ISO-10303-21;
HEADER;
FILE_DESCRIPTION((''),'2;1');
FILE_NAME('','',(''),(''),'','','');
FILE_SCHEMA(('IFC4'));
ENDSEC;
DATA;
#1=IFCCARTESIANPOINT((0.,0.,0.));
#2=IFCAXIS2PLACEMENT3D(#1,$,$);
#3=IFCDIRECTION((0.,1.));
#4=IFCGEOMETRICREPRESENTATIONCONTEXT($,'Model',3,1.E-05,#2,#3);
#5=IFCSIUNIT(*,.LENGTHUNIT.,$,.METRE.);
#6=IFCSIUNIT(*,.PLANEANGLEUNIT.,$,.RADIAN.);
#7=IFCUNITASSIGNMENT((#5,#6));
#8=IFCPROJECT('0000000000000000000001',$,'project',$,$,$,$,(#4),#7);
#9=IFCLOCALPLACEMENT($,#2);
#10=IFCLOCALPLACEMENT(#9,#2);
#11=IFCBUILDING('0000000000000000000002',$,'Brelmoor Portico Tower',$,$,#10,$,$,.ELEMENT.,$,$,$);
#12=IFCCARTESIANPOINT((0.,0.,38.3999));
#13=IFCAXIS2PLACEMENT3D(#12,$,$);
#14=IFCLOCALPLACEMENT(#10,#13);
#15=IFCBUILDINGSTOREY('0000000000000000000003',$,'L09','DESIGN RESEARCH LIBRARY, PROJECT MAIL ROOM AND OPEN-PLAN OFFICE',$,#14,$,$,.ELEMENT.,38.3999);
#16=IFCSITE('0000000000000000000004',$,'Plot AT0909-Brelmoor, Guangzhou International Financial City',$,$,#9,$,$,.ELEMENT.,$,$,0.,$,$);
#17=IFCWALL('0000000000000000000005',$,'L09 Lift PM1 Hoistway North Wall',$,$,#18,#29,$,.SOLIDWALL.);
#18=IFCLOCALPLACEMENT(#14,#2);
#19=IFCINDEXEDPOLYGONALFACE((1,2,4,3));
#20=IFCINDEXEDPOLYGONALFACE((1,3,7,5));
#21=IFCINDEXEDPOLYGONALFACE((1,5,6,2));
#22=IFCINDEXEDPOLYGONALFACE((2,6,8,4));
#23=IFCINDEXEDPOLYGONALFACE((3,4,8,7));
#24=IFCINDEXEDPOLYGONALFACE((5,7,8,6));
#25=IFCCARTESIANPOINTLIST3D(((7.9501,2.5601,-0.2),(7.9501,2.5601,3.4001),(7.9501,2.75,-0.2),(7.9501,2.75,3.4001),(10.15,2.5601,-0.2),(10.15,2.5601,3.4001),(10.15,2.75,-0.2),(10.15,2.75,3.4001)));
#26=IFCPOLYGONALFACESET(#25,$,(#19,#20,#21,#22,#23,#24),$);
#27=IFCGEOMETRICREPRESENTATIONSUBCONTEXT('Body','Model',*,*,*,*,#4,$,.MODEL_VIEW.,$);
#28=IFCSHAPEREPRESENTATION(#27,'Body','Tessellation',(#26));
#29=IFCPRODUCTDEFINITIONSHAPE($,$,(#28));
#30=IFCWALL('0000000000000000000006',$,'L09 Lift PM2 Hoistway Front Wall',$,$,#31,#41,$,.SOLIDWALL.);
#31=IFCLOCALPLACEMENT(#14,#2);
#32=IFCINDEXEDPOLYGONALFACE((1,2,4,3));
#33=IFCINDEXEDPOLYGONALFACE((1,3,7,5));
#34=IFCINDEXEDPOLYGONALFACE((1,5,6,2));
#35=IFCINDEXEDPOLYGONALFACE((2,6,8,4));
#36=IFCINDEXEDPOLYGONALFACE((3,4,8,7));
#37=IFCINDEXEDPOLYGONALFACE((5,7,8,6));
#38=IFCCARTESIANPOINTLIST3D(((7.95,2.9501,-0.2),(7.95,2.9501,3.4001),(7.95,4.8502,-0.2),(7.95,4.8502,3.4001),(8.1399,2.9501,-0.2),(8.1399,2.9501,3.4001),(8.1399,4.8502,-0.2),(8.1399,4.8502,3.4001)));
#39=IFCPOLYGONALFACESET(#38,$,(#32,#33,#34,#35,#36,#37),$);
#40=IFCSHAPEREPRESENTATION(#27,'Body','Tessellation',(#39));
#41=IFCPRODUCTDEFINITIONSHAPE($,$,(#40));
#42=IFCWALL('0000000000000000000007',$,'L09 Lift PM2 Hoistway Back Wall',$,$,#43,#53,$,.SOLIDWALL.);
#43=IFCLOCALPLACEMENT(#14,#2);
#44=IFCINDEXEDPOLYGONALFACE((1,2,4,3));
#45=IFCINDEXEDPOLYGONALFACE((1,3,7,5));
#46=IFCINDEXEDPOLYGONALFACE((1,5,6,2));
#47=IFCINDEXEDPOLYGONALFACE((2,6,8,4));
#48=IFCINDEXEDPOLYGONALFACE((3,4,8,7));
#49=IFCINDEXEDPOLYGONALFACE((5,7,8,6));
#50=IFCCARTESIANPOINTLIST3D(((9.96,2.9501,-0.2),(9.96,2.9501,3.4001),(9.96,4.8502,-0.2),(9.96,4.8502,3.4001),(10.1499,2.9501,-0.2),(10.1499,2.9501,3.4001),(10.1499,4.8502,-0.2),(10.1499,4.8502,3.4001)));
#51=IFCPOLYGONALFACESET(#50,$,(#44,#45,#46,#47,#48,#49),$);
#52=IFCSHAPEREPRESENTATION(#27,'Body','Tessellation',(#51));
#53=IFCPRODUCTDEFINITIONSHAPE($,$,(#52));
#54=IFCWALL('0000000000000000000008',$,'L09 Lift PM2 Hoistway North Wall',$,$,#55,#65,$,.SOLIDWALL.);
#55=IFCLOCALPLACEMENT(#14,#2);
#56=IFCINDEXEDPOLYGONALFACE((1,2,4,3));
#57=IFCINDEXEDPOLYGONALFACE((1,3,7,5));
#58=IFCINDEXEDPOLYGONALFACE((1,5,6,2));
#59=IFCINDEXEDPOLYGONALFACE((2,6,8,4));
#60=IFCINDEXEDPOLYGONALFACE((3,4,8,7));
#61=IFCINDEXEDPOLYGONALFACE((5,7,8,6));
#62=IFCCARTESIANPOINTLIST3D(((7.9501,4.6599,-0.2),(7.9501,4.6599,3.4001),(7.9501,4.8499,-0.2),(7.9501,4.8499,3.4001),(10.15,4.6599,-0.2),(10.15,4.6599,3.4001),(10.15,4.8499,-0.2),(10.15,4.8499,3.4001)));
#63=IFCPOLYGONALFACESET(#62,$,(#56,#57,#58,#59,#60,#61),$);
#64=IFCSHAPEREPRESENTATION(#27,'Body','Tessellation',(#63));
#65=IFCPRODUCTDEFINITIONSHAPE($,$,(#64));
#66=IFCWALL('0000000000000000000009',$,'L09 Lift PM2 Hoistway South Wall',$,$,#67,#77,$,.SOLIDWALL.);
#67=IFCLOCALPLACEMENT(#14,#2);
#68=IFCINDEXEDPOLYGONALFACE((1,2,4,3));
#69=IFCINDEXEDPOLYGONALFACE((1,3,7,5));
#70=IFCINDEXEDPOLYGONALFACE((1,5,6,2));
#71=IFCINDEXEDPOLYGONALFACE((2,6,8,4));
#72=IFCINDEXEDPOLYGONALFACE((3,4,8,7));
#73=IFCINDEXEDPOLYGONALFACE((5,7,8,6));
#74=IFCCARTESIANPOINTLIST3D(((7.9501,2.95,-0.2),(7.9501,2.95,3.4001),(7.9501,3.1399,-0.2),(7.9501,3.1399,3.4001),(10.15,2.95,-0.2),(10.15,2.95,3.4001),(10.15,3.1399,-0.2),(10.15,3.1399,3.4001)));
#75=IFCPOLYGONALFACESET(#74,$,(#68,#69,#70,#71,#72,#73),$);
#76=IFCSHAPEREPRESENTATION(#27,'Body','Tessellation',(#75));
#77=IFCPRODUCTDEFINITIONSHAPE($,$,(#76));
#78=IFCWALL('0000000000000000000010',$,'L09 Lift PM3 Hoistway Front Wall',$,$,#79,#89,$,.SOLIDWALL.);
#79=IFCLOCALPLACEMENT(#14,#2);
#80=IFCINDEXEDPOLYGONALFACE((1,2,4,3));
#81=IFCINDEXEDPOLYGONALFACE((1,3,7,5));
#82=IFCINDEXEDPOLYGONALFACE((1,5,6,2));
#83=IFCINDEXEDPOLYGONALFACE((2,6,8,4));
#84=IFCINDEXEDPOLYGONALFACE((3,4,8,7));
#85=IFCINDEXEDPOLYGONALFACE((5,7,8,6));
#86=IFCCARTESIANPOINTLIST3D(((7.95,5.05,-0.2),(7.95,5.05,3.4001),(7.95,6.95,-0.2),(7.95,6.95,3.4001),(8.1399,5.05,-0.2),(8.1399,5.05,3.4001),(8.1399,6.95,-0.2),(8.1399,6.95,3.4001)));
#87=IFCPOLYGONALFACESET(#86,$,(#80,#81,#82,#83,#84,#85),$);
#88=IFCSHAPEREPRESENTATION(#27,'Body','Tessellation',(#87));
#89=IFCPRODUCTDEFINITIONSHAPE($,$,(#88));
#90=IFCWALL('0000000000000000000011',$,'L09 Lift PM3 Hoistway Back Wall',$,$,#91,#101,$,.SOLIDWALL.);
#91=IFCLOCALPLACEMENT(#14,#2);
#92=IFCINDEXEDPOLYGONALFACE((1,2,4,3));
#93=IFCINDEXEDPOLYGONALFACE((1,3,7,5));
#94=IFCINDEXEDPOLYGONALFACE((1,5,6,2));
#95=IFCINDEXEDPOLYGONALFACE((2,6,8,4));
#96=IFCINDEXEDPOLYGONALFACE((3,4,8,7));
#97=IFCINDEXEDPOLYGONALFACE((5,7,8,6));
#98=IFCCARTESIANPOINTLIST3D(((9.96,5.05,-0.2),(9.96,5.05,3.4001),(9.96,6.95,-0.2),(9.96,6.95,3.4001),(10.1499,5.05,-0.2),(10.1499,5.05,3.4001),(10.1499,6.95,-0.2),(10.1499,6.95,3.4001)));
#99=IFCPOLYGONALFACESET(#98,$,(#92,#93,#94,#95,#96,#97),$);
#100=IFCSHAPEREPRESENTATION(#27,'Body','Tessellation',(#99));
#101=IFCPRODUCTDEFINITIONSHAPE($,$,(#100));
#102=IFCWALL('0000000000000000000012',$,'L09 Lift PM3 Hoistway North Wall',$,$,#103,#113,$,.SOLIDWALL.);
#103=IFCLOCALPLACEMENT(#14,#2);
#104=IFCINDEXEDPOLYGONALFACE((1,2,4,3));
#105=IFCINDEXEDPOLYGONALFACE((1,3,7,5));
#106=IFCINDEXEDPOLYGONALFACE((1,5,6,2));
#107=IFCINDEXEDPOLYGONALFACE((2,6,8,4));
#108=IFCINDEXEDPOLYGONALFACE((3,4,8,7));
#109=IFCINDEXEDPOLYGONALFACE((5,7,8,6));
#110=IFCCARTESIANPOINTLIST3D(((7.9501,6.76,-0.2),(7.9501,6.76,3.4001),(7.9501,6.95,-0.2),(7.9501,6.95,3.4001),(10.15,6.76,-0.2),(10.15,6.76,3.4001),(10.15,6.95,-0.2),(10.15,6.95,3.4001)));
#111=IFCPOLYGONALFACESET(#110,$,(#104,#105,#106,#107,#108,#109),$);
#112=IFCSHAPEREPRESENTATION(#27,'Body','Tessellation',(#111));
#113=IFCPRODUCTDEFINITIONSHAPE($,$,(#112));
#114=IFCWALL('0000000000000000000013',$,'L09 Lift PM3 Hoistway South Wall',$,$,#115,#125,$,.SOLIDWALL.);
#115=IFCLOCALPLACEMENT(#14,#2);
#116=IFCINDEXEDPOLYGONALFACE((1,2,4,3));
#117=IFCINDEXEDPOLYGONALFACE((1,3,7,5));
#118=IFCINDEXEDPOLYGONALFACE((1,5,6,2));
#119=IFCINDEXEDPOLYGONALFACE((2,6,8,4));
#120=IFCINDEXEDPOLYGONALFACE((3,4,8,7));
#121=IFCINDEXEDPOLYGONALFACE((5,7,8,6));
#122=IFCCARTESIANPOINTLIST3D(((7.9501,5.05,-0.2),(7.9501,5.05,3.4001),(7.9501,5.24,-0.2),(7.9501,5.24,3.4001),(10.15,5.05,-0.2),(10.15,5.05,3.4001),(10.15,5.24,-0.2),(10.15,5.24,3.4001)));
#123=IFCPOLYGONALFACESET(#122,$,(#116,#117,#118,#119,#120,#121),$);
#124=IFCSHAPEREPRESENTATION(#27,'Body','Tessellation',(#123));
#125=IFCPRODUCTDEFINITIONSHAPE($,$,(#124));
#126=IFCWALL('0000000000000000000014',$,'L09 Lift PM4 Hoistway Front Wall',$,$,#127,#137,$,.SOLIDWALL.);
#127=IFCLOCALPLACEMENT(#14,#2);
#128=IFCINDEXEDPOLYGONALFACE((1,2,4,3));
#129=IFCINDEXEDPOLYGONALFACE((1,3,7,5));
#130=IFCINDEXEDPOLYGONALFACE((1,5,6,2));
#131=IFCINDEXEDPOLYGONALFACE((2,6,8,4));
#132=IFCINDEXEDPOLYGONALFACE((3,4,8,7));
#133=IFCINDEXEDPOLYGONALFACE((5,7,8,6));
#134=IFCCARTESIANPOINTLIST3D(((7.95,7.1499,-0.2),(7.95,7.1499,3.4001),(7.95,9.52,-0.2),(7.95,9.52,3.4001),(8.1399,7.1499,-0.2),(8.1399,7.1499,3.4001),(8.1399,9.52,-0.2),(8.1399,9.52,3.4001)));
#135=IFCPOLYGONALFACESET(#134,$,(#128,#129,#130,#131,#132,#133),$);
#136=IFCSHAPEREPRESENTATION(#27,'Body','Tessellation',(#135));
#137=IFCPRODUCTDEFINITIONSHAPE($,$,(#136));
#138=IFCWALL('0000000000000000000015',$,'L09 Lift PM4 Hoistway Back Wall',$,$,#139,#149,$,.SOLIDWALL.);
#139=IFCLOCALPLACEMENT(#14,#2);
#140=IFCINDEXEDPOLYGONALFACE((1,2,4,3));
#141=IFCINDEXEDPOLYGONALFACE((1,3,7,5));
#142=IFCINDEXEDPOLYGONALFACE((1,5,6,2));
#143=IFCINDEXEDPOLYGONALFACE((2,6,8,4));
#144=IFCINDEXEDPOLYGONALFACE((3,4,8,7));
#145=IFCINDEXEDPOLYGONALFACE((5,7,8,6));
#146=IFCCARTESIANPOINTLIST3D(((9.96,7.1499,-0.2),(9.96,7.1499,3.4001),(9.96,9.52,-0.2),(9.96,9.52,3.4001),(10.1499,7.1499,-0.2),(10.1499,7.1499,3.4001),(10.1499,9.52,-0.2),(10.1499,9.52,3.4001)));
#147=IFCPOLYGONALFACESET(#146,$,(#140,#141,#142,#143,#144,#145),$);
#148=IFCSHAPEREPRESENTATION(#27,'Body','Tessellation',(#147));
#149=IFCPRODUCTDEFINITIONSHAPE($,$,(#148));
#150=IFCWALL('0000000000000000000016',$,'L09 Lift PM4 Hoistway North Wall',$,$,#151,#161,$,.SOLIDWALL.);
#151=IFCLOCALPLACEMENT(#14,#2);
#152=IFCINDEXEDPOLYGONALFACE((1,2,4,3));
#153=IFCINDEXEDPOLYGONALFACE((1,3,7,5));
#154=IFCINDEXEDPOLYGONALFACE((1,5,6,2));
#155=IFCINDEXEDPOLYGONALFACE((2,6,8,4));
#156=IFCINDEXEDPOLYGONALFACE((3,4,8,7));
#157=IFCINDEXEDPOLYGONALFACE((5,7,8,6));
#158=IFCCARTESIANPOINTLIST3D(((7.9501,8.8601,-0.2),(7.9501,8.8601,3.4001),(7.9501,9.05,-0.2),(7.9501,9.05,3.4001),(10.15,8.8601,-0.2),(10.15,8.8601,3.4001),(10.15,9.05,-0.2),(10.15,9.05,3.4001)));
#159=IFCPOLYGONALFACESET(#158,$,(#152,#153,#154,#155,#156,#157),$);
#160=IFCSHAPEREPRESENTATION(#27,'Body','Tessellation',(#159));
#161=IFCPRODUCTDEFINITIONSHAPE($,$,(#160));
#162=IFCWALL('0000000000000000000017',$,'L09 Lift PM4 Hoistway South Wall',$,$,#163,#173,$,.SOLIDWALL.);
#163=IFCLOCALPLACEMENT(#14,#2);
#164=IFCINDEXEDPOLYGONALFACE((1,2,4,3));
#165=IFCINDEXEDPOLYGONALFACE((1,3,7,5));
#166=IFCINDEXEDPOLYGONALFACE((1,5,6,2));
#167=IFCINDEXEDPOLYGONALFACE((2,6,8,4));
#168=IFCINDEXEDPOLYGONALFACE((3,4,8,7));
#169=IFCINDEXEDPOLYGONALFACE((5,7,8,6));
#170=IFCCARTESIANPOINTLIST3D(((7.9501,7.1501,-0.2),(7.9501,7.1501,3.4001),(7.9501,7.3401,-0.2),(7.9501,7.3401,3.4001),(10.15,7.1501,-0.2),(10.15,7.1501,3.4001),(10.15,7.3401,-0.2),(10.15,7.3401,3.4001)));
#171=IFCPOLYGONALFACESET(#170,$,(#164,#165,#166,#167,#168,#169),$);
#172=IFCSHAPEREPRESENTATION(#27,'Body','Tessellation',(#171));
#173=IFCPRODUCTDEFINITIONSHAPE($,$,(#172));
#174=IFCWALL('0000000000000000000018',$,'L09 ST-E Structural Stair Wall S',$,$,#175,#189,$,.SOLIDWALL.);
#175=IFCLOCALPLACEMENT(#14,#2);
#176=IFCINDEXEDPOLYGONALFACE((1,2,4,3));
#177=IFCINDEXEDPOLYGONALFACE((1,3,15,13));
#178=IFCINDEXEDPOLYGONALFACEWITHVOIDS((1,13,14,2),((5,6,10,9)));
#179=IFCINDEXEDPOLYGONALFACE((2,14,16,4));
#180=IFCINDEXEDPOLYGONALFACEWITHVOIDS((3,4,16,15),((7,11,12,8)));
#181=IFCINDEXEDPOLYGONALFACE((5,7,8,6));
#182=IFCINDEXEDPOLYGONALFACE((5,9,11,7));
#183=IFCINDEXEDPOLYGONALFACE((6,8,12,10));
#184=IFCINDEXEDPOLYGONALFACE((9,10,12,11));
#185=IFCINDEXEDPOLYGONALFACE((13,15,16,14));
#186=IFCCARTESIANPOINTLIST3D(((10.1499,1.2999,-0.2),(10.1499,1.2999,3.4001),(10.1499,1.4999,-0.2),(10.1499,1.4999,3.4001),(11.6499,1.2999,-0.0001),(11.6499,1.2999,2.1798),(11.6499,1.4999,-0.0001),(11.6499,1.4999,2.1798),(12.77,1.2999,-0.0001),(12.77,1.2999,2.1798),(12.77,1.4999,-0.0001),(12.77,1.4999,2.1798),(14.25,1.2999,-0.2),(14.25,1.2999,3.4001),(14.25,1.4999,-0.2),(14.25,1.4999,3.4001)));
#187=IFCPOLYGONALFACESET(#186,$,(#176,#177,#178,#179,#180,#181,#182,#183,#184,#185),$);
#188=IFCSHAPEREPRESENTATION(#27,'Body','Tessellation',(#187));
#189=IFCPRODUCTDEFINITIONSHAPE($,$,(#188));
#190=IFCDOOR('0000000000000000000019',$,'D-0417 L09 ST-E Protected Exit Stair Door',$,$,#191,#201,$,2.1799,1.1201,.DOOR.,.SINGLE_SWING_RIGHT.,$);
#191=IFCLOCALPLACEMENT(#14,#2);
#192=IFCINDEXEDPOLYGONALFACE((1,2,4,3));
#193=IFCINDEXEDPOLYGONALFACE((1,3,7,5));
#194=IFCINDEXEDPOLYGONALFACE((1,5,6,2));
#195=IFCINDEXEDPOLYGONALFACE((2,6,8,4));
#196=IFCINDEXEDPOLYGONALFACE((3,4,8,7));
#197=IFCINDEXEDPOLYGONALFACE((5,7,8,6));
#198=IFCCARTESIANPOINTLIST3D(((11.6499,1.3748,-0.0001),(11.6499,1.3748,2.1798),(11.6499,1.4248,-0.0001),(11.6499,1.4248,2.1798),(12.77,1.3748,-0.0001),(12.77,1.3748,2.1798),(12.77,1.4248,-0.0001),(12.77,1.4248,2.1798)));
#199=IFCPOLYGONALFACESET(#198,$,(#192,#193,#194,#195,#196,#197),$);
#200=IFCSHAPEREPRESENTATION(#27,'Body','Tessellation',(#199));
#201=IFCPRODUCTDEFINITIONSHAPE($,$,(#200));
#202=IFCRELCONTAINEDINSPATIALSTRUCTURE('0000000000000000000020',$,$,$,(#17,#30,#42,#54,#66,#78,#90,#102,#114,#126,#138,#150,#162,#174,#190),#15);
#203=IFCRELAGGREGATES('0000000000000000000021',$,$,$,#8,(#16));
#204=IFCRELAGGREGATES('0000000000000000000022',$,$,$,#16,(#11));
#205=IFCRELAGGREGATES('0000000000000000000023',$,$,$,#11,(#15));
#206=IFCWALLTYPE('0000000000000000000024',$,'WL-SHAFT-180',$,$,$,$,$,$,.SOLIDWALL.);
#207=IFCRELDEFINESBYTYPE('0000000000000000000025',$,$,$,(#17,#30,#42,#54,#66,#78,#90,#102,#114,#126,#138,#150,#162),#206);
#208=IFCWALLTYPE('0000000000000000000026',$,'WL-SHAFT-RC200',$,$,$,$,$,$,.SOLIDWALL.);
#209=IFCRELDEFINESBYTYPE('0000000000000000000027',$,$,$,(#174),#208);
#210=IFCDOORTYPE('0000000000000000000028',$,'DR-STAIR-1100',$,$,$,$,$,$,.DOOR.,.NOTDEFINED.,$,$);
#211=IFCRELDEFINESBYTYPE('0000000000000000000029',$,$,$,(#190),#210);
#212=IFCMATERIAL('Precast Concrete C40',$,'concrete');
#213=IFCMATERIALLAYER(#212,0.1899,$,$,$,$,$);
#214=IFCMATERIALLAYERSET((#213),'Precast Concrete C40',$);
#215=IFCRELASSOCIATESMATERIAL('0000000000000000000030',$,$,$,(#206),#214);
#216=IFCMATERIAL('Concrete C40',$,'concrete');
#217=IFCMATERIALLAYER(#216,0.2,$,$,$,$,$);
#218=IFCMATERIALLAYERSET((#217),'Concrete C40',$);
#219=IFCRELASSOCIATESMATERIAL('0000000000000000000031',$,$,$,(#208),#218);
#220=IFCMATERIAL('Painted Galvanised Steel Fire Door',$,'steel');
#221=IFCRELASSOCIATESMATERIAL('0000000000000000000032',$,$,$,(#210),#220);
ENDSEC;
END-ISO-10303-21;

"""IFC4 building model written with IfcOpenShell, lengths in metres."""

from ifc_helpers import new_model, si_unit, direction, frame, frame_2d, origin, place, context, subcontext, project, spatial, rectangle, extrude, material, layer, layer_set, type_object, element, fill, save


model = new_model("IFC4")

# Units and contexts
model_context = context("Model", 3, precision=1e-05, world=origin(), true_north=direction((0.0, 1.0)))
body_context = subcontext(model_context, "Body", "Model", "MODEL_VIEW")
ifc_project = project(units=[si_unit("LENGTHUNIT", "METRE"), si_unit("PLANEANGLEUNIT", "RADIAN")], contexts=[model_context])

# Site, building, storey
site_placement = place(None, origin())
site = spatial("IfcSite", under=ifc_project, at=site_placement, Name="Plot AT0909-Brelmoor, Guangzhou International Financial City", CompositionType="ELEMENT", RefElevation=0.0)
building_placement = place(site_placement, origin())
building = spatial("IfcBuilding", under=site, at=building_placement, Name="Brelmoor Portico Tower", CompositionType="ELEMENT")
storey_placement = place(building_placement, frame((0.0, 0.0, 38.3999)))
storey = spatial("IfcBuildingStorey", under=building, at=storey_placement, Name="L09", Description="DESIGN RESEARCH LIBRARY, PROJECT MAIL ROOM AND OPEN-PLAN OFFICE", CompositionType="ELEMENT", Elevation=38.3999)

# Walls
ifc_material_1 = material(Name="Precast Concrete C40", Category="concrete")
ifc_layer_1 = layer(ifc_material_1, 0.1899)
ifc_layer_set_1 = layer_set([ifc_layer_1], Name="Precast Concrete C40")
wall_type_1 = type_object("IfcWallType", Name="WL-SHAFT-180", PredefinedType="SOLIDWALL", material=ifc_layer_set_1)
wall_1_placement = place(storey_placement, frame((7.95, 2.655, -0.2), z_axis=(0.0, 0.0, 1.0), x_axis=(1.0, 0.0, 0.0)))
element("IfcWall", 1, at=wall_1_placement, inside=storey, type_object=wall_type_1, Name="L09 Lift PM1 Hoistway North Wall", PredefinedType="SOLIDWALL", context=body_context, shape_type="SweptSolid", body=[
    extrude(rectangle(XDim=2.2, YDim=0.1899, at=frame_2d((1.1001, 0.0))), origin(), (0.0, 0.0, 1.0), 3.6001),
])
for number, where, z_axis, x_axis, name in (
    (2, (8.0449, 2.95, -0.2), (0.0, 0.0, 1.0), (0.0, 1.0, 0.0), "L09 Lift PM2 Hoistway Front Wall"),
    (3, (10.0549, 2.95, -0.2), (0.0, 0.0, 1.0), (0.0, 1.0, 0.0), "L09 Lift PM2 Hoistway Back Wall"),
):
    element("IfcWall", number, at=place(storey_placement, frame(where, z_axis=z_axis, x_axis=x_axis)), inside=storey, type_object=wall_type_1, Name=name, PredefinedType="SOLIDWALL", context=body_context, shape_type="SweptSolid", body=[
        extrude(rectangle(XDim=1.9001, YDim=0.1899, at=frame_2d((0.9502, 0.0))), origin(), (0.0, 0.0, 1.0), 3.6001),
    ])
for number, where, z_axis, x_axis, name in (
    (4, (7.95, 4.7549, -0.2), (0.0, 0.0, 1.0), (1.0, 0.0, 0.0), "L09 Lift PM2 Hoistway North Wall"),
    (5, (7.95, 3.0449, -0.2), (0.0, 0.0, 1.0), (1.0, 0.0, 0.0), "L09 Lift PM2 Hoistway South Wall"),
):
    element("IfcWall", number, at=place(storey_placement, frame(where, z_axis=z_axis, x_axis=x_axis)), inside=storey, type_object=wall_type_1, Name=name, PredefinedType="SOLIDWALL", context=body_context, shape_type="SweptSolid", body=[
        extrude(rectangle(XDim=2.2, YDim=0.1899, at=frame_2d((1.1001, 0.0))), origin(), (0.0, 0.0, 1.0), 3.6001),
    ])
for number, where, z_axis, x_axis, name in (
    (6, (8.0449, 5.05, -0.2), (0.0, 0.0, 1.0), (0.0, 1.0, 0.0), "L09 Lift PM3 Hoistway Front Wall"),
    (7, (10.0549, 5.05, -0.2), (0.0, 0.0, 1.0), (0.0, 1.0, 0.0), "L09 Lift PM3 Hoistway Back Wall"),
):
    element("IfcWall", number, at=place(storey_placement, frame(where, z_axis=z_axis, x_axis=x_axis)), inside=storey, type_object=wall_type_1, Name=name, PredefinedType="SOLIDWALL", context=body_context, shape_type="SweptSolid", body=[
        extrude(rectangle(XDim=1.8999, YDim=0.1899, at=frame_2d((0.95, 0.0))), origin(), (0.0, 0.0, 1.0), 3.6001),
    ])
for number, where, z_axis, x_axis, name in (
    (8, (7.95, 6.855, -0.2), (0.0, 0.0, 1.0), (1.0, 0.0, 0.0), "L09 Lift PM3 Hoistway North Wall"),
    (9, (7.95, 5.145, -0.2), (0.0, 0.0, 1.0), (1.0, 0.0, 0.0), "L09 Lift PM3 Hoistway South Wall"),
):
    element("IfcWall", number, at=place(storey_placement, frame(where, z_axis=z_axis, x_axis=x_axis)), inside=storey, type_object=wall_type_1, Name=name, PredefinedType="SOLIDWALL", context=body_context, shape_type="SweptSolid", body=[
        extrude(rectangle(XDim=2.2, YDim=0.1899, at=frame_2d((1.1001, 0.0))), origin(), (0.0, 0.0, 1.0), 3.6001),
    ])
for number, where, z_axis, x_axis, name in (
    (10, (8.0449, 7.1499, -0.2), (0.0, 0.0, 1.0), (0.0, 1.0, 0.0), "L09 Lift PM4 Hoistway Front Wall"),
    (11, (10.0549, 7.1499, -0.2), (0.0, 0.0, 1.0), (0.0, 1.0, 0.0), "L09 Lift PM4 Hoistway Back Wall"),
):
    element("IfcWall", number, at=place(storey_placement, frame(where, z_axis=z_axis, x_axis=x_axis)), inside=storey, type_object=wall_type_1, Name=name, PredefinedType="SOLIDWALL", context=body_context, shape_type="SweptSolid", body=[
        extrude(rectangle(XDim=2.3701, YDim=0.1899, at=frame_2d((1.1851, 0.0))), origin(), (0.0, 0.0, 1.0), 3.6001),
    ])
for number, where, z_axis, x_axis, name in (
    (12, (7.95, 8.9551, -0.2), (0.0, 0.0, 1.0), (1.0, 0.0, 0.0), "L09 Lift PM4 Hoistway North Wall"),
    (13, (7.95, 7.2451, -0.2), (0.0, 0.0, 1.0), (1.0, 0.0, 0.0), "L09 Lift PM4 Hoistway South Wall"),
):
    element("IfcWall", number, at=place(storey_placement, frame(where, z_axis=z_axis, x_axis=x_axis)), inside=storey, type_object=wall_type_1, Name=name, PredefinedType="SOLIDWALL", context=body_context, shape_type="SweptSolid", body=[
        extrude(rectangle(XDim=2.2, YDim=0.1899, at=frame_2d((1.1001, 0.0))), origin(), (0.0, 0.0, 1.0), 3.6001),
    ])

# Wall, opening, door
ifc_material_2 = material(Name="Concrete C40", Category="concrete")
ifc_layer_2 = layer(ifc_material_2, 0.2)
ifc_layer_set_2 = layer_set([ifc_layer_2], Name="Concrete C40")
wall_type_2 = type_object("IfcWallType", Name="WL-SHAFT-RC200", PredefinedType="SOLIDWALL", material=ifc_layer_set_2)
wall_2_placement = place(storey_placement, frame((10.1499, 1.3999, -0.2), z_axis=(0.0, 0.0, 1.0), x_axis=(1.0, 0.0, 0.0)))
wall_2 = element("IfcWall", 14, at=wall_2_placement, inside=storey, type_object=wall_type_2, Name="L09 ST-E Structural Stair Wall S", PredefinedType="SOLIDWALL", context=body_context, shape_type="SweptSolid", body=[
    extrude(rectangle(XDim=4.1001, YDim=0.2, at=frame_2d((2.05, 0.0))), origin(), (0.0, 0.0, 1.0), 3.6001),
])
opening_placement = place(wall_2_placement, frame((1.5, 0.0, 0.2)))
opening = element("IfcOpeningElement", 15, at=opening_placement, cuts=wall_2, PredefinedType="OPENING", context=body_context, shape_type="SweptSolid", body=[
    extrude(rectangle(XDim=1.1201, YDim=2.1799, at=frame_2d((0.5601, 1.0898))), frame((0.0, 0.1099, 0.0), z_axis=(0.0, -1.0, 0.0), x_axis=(1.0, 0.0, 0.0)), (0.0, 0.0, 1.0), 0.22),
])
ifc_material_3 = material(Name="Painted Galvanised Steel Fire Door", Category="steel")
door_type = type_object("IfcDoorType", Name="DR-STAIR-1100", OperationType="NOTDEFINED", PredefinedType="DOOR", material=ifc_material_3)
door_placement = place(opening_placement, origin())
door = element("IfcDoor", 16, at=door_placement, inside=storey, type_object=door_type, Name="D-0417 L09 ST-E Protected Exit Stair Door", OperationType="SINGLE_SWING_RIGHT", OverallHeight=2.1799, OverallWidth=1.1201, PredefinedType="DOOR", context=body_context, shape_type="SweptSolid", body=[
    extrude(rectangle(XDim=1.1201, YDim=2.1799, at=frame_2d((0.5601, 1.0898))), frame((0.0, 0.0249, 0.0), z_axis=(0.0, -1.0, 0.0), x_axis=(1.0, 0.0, 0.0)), (0.0, 0.0, 1.0), 0.05),
])
fill(opening, door)

save(model, "model.ifc")
